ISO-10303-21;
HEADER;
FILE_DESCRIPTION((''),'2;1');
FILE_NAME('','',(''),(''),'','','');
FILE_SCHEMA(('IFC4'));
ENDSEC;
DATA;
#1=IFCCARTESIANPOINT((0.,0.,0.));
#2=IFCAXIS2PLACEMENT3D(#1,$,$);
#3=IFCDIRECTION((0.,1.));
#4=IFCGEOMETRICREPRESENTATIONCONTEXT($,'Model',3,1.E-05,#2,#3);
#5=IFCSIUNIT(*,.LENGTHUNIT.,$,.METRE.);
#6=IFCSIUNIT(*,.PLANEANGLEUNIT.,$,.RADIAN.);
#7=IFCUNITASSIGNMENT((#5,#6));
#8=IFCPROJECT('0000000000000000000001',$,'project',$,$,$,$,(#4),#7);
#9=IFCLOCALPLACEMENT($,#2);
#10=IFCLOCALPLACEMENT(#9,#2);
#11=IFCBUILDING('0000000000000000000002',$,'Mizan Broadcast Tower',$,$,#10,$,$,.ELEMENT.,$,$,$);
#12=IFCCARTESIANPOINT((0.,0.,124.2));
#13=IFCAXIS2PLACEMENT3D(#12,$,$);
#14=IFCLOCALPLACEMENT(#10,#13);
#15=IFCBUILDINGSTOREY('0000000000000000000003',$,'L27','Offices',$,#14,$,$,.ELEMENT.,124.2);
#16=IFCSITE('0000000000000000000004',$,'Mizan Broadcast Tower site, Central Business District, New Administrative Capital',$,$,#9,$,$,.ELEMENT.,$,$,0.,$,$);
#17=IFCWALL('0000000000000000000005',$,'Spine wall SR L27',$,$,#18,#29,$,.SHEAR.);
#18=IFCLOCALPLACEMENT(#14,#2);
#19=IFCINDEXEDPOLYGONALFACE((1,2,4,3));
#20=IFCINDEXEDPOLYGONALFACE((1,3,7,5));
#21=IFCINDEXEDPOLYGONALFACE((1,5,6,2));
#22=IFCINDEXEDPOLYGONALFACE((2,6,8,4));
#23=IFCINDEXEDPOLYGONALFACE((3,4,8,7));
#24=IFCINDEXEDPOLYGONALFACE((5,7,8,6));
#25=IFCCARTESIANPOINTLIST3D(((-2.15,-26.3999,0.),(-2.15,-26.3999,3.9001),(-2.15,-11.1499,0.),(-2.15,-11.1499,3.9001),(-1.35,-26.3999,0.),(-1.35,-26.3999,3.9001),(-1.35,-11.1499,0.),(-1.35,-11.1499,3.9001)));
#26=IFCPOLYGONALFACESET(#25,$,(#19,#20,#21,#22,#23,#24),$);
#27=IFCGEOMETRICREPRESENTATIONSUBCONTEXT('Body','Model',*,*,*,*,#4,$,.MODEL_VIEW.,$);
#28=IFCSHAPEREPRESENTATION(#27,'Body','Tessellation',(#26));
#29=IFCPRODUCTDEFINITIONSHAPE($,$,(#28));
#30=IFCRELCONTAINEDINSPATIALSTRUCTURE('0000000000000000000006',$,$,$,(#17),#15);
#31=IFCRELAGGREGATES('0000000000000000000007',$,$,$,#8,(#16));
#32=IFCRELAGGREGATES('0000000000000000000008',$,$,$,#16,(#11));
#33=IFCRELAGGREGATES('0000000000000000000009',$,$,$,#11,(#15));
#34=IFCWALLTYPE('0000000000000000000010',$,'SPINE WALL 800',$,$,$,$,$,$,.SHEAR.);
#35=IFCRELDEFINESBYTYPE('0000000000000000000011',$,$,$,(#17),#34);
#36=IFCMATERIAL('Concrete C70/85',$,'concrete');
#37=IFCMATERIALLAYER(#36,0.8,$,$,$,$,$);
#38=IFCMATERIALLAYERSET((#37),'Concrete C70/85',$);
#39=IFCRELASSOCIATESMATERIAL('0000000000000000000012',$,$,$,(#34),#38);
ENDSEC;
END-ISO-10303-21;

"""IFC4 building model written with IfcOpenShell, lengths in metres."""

from ifc_helpers import new_model, si_unit, direction, frame, frame_2d, origin, place, context, subcontext, project, spatial, rectangle, extrude, material, layer, layer_set, type_object, element, save


model = new_model("IFC4")

# Units and contexts
model_context = context("Model", 3, precision=1e-05, world=origin(), true_north=direction((0.0, 1.0)))
body_context = subcontext(model_context, "Body", "Model", "MODEL_VIEW")
ifc_project = project(units=[si_unit("LENGTHUNIT", "METRE"), si_unit("PLANEANGLEUNIT", "RADIAN")], contexts=[model_context])

# Site, building, storey
site_placement = place(None, origin())
site = spatial("IfcSite", under=ifc_project, at=site_placement, Name="Mizan Broadcast Tower site, Central Business District, New Administrative Capital", CompositionType="ELEMENT", RefElevation=0.0)
building_placement = place(site_placement, origin())
building = spatial("IfcBuilding", under=site, at=building_placement, Name="Mizan Broadcast Tower", CompositionType="ELEMENT")
storey_placement = place(building_placement, frame((0.0, 0.0, 124.2)))
storey = spatial("IfcBuildingStorey", under=building, at=storey_placement, Name="L27", Description="Offices", CompositionType="ELEMENT", Elevation=124.2)

# Wall
ifc_material_1 = material(Name="Concrete C70/85", Category="concrete")
ifc_layer_1 = layer(ifc_material_1, 0.8)
ifc_layer_set_1 = layer_set([ifc_layer_1], Name="Concrete C70/85")
wall_type_1 = type_object("IfcWallType", Name="SPINE WALL 800", PredefinedType="SHEAR", material=ifc_layer_set_1)
wall_1_placement = place(storey_placement, frame((-1.75, -11.1499, 0.0), z_axis=(0.0, 0.0, 1.0), x_axis=(0.0, -1.0, 0.0)))
element("IfcWall", 1, at=wall_1_placement, inside=storey, type_object=wall_type_1, Name="Spine wall SR L27", PredefinedType="SHEAR", context=body_context, shape_type="SweptSolid", body=[
    extrude(rectangle(XDim=15.25, YDim=0.8, at=frame_2d((7.625, 0.0))), origin(), (0.0, 0.0, 1.0), 3.9001),
])

save(model, "model.ifc")
